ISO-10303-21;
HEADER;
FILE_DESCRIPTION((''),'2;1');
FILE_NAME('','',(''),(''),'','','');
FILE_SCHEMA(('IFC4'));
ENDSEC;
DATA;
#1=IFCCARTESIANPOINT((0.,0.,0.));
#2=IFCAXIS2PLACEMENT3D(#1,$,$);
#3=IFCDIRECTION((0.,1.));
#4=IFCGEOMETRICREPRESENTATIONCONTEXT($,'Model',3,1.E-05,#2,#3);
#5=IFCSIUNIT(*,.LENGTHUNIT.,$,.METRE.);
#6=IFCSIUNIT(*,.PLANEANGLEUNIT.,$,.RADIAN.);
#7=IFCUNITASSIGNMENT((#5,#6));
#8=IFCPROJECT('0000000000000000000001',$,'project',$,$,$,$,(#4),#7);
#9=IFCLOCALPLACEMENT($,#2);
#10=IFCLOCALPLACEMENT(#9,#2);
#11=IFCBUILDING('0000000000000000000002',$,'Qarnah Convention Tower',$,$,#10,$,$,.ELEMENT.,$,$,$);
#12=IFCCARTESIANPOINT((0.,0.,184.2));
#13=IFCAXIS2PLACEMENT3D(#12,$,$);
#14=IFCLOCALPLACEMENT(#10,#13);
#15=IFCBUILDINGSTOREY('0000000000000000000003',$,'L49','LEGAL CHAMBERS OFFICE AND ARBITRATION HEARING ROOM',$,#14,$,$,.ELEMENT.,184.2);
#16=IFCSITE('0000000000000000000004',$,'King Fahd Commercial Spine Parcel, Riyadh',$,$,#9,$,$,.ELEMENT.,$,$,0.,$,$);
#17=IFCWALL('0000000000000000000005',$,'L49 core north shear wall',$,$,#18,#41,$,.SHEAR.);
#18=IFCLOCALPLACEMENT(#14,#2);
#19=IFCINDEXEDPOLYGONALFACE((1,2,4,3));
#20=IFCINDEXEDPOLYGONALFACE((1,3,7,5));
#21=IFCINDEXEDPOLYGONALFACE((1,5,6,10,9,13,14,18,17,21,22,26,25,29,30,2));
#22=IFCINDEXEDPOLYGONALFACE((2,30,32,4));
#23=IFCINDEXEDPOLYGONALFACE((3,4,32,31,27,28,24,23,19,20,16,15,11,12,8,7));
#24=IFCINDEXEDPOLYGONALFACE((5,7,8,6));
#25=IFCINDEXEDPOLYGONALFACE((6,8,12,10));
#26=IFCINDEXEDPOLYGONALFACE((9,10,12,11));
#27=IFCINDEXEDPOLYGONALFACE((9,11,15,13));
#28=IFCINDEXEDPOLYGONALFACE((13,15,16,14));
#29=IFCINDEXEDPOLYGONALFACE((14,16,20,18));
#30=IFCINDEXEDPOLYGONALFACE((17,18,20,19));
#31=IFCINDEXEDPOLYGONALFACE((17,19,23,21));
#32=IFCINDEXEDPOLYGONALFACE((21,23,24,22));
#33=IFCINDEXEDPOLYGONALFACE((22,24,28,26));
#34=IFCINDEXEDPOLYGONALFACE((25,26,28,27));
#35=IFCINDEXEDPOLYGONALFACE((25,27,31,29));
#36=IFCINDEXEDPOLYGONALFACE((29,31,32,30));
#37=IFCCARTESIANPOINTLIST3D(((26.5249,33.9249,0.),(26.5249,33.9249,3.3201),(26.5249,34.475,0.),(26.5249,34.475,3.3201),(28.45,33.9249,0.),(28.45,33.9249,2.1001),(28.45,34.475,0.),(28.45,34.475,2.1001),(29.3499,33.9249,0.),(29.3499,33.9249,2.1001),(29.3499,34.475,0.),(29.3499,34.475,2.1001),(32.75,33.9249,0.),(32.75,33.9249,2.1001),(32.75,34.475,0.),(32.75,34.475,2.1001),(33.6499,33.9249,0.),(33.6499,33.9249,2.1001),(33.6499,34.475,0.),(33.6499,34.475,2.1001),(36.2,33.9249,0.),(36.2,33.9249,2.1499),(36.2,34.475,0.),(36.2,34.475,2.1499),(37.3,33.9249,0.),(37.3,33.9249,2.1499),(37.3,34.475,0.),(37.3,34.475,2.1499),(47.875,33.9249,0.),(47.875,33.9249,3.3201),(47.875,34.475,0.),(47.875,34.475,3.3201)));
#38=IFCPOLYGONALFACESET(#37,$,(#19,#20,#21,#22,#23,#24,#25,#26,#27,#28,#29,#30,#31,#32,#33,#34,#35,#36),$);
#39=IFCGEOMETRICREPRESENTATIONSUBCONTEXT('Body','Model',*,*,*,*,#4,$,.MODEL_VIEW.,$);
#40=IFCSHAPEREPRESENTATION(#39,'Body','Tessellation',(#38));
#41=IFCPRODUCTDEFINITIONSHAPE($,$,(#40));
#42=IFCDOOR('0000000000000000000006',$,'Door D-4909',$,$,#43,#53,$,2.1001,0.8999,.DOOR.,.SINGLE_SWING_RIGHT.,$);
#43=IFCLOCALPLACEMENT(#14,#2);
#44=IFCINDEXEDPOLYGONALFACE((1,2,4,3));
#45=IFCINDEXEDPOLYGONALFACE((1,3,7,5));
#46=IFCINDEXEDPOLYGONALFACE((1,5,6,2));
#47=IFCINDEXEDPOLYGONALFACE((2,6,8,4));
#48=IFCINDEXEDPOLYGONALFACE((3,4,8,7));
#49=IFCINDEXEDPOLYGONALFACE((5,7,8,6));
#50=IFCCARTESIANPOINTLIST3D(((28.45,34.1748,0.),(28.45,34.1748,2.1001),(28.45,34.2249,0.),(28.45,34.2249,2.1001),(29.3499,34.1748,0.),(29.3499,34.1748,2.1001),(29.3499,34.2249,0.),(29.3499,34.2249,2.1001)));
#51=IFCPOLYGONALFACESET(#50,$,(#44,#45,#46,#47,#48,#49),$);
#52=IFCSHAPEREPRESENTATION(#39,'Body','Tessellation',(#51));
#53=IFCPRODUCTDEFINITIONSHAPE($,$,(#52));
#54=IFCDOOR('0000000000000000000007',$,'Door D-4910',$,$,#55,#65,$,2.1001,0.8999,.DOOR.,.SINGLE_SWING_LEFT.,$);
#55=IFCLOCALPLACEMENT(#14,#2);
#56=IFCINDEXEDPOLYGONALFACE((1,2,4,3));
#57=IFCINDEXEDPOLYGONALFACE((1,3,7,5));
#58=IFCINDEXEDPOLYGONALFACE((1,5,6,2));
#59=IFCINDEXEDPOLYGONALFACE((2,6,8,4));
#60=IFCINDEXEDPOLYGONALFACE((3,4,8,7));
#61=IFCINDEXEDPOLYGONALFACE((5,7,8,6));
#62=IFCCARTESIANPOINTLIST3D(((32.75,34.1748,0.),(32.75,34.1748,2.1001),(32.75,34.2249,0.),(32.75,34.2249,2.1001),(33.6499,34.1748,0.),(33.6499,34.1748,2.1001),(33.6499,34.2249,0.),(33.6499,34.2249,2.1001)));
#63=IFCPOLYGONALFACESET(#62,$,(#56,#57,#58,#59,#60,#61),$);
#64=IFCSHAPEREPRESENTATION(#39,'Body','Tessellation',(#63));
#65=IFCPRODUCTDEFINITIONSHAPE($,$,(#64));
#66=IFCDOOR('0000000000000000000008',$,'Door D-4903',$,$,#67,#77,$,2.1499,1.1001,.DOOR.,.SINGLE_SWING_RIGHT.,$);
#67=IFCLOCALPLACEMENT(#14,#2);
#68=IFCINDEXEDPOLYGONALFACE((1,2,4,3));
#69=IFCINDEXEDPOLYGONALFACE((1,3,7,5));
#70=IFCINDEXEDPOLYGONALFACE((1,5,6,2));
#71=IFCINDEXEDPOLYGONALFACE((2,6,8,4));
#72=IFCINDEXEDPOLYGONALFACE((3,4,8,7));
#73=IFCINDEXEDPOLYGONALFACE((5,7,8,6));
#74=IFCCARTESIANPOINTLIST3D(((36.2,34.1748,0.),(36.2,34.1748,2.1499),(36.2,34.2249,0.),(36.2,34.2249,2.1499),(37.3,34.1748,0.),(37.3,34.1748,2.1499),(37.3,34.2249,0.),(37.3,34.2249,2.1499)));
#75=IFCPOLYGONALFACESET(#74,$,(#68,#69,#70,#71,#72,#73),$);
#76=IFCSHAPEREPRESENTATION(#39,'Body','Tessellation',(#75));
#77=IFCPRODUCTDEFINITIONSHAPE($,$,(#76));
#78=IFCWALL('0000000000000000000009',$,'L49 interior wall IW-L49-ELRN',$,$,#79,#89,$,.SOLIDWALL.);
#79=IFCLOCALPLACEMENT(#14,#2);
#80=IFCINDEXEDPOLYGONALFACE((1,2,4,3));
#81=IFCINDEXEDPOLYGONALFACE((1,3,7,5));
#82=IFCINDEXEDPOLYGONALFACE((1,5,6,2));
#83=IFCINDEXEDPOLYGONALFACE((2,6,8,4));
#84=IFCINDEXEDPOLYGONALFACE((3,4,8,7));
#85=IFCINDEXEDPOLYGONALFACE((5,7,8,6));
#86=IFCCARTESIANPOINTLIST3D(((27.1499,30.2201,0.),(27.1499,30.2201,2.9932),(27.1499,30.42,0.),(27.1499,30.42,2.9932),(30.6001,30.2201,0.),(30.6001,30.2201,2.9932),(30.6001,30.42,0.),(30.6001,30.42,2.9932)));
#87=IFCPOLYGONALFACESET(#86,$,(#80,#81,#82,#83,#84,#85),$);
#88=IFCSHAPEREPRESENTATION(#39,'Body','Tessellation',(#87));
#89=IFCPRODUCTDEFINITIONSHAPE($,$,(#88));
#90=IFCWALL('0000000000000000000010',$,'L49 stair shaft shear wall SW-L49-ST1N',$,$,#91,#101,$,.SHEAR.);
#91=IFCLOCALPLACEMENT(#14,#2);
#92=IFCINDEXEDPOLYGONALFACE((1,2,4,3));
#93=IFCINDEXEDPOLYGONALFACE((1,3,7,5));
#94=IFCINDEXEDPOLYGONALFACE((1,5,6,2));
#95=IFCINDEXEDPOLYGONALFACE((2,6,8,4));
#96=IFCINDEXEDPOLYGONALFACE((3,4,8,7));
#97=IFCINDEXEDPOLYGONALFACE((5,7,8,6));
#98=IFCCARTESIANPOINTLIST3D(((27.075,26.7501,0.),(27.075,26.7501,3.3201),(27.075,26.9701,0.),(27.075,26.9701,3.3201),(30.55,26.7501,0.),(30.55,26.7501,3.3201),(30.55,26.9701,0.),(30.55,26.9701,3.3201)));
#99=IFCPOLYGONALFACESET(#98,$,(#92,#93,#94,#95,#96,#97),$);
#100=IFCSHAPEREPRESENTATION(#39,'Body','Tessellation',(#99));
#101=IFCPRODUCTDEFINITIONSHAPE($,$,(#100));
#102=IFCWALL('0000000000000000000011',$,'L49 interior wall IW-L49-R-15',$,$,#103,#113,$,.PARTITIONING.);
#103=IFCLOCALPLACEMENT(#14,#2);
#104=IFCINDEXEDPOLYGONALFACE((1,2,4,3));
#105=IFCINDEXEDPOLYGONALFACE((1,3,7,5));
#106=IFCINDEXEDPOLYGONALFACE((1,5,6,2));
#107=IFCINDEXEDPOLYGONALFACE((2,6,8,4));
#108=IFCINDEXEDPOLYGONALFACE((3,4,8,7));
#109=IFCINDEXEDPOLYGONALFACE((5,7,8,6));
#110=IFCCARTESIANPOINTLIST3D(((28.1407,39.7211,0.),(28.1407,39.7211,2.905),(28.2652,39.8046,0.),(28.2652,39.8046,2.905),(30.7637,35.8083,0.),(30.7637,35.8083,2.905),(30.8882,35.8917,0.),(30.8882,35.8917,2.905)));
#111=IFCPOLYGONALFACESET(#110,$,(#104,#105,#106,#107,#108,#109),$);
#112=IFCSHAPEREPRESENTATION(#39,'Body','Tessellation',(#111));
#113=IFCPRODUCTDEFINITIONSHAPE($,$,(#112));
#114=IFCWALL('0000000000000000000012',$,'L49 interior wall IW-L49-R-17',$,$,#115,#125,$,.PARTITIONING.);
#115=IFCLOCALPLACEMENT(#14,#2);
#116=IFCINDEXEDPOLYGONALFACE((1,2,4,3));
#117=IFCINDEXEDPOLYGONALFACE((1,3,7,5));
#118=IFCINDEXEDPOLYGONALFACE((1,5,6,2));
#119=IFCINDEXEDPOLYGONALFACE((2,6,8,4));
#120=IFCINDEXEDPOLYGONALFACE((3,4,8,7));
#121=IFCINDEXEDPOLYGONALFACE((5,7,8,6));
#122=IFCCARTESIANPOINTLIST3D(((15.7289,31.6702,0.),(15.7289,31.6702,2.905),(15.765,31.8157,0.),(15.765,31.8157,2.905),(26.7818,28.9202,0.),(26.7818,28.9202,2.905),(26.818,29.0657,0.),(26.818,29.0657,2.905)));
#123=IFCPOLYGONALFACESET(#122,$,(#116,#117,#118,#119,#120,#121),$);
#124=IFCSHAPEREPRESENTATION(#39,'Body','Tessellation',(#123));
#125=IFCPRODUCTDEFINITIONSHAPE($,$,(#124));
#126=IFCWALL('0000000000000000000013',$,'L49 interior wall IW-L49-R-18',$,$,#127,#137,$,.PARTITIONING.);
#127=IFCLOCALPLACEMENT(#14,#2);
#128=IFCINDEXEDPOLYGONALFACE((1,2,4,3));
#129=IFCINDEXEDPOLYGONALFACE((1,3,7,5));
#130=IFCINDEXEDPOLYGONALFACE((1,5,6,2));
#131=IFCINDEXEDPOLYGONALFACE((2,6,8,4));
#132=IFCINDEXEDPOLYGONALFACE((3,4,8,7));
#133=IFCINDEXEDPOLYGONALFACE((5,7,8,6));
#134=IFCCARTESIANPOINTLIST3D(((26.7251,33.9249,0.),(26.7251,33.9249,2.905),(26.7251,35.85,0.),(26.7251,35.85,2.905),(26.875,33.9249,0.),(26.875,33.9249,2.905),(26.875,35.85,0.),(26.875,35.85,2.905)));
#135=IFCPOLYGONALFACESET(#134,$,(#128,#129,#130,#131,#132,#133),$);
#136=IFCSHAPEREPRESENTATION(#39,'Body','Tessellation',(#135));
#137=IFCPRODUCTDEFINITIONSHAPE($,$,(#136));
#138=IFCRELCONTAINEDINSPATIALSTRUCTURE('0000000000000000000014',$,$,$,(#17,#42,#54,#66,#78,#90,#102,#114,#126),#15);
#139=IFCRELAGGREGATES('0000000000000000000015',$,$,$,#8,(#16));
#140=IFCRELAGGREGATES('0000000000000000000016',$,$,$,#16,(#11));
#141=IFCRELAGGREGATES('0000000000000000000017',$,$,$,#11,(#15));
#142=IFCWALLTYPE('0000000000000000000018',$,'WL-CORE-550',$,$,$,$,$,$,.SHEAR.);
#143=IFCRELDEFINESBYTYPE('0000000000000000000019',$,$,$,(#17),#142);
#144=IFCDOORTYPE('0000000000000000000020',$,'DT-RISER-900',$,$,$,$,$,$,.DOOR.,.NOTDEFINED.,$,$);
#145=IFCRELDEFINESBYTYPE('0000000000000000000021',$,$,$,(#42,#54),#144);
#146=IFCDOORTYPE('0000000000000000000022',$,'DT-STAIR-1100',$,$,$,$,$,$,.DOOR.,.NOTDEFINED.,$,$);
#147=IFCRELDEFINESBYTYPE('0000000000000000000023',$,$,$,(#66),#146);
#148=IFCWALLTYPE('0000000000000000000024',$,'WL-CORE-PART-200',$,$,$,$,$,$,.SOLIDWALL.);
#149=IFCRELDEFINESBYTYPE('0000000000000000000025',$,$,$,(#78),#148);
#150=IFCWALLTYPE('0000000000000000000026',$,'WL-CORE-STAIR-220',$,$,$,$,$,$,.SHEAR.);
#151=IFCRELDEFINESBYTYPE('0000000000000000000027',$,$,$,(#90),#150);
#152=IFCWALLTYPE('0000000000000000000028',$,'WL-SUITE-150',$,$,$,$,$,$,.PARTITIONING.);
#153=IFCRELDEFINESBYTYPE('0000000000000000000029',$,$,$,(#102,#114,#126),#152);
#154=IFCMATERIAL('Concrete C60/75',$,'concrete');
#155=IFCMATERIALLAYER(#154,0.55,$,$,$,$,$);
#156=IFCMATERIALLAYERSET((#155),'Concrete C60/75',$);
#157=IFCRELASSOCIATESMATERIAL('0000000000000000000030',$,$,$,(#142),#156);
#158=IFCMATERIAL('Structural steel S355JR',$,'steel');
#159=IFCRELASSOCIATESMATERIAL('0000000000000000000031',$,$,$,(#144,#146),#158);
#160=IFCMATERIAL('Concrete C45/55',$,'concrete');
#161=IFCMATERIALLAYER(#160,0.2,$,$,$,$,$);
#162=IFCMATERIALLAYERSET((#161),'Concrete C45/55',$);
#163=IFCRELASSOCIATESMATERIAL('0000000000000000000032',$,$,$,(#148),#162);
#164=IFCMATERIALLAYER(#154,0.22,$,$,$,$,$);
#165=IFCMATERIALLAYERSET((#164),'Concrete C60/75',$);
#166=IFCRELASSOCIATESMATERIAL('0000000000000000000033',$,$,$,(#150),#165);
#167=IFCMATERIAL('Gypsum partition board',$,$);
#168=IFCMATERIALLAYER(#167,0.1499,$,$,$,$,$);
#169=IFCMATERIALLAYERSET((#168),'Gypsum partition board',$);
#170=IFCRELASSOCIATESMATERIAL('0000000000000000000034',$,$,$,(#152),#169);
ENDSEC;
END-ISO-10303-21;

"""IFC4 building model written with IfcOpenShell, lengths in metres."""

from ifc_helpers import new_model, si_unit, direction, frame, frame_2d, origin, place, context, subcontext, project, spatial, rectangle, extrude, material, layer, layer_set, type_object, element, fill, save


model = new_model("IFC4")

# Units and contexts
model_context = context("Model", 3, precision=1e-05, world=origin(), true_north=direction((0.0, 1.0)))
body_context = subcontext(model_context, "Body", "Model", "MODEL_VIEW")
ifc_project = project(units=[si_unit("LENGTHUNIT", "METRE"), si_unit("PLANEANGLEUNIT", "RADIAN")], contexts=[model_context])

# Site, building, storey
site_placement = place(None, origin())
site = spatial("IfcSite", under=ifc_project, at=site_placement, Name="King Fahd Commercial Spine Parcel, Riyadh", CompositionType="ELEMENT", RefElevation=0.0)
building_placement = place(site_placement, origin())
building = spatial("IfcBuilding", under=site, at=building_placement, Name="Qarnah Convention Tower", CompositionType="ELEMENT")
storey_placement = place(building_placement, frame((0.0, 0.0, 184.2)))
storey = spatial("IfcBuildingStorey", under=building, at=storey_placement, Name="L49", Description="LEGAL CHAMBERS OFFICE AND ARBITRATION HEARING ROOM", CompositionType="ELEMENT", Elevation=184.2)

# Shared definitions
ifc_material_1 = material(Name="Structural steel S355JR", Category="steel")

# Wall, openings, doors
ifc_material_2 = material(Name="Concrete C60/75", Category="concrete")
ifc_layer_1 = layer(ifc_material_2, 0.55)
ifc_layer_set_1 = layer_set([ifc_layer_1], Name="Concrete C60/75")
wall_type_1 = type_object("IfcWallType", Name="WL-CORE-550", PredefinedType="SHEAR", material=ifc_layer_set_1)
wall_1_placement = place(storey_placement, frame((26.5249, 34.2, 0.0), z_axis=(0.0, 0.0, 1.0), x_axis=(1.0, 0.0, 0.0)))
wall_1 = element("IfcWall", 1, at=wall_1_placement, inside=storey, type_object=wall_type_1, Name="L49 core north shear wall", PredefinedType="SHEAR", context=body_context, shape_type="SweptSolid", body=[
    extrude(rectangle(XDim=21.3501, YDim=0.55, at=frame_2d((10.675, 0.0))), origin(), (0.0, 0.0, 1.0), 3.3201),
])
opening_1_placement = place(wall_1_placement, frame((9.675, 0.0, 0.0)))
opening_1 = element("IfcOpeningElement", 2, at=opening_1_placement, cuts=wall_1, PredefinedType="OPENING", context=body_context, shape_type="SweptSolid", body=[
    extrude(rectangle(XDim=1.1001, YDim=2.1499, at=frame_2d((0.55, 1.075))), frame((0.0, 0.2849, 0.0), z_axis=(0.0, -1.0, 0.0), x_axis=(1.0, 0.0, 0.0)), (0.0, 0.0, 1.0), 0.5701),
])
opening_2_placement = place(wall_1_placement, frame((1.925, 0.0, 0.0)))
opening_2 = element("IfcOpeningElement", 3, at=opening_2_placement, cuts=wall_1, PredefinedType="OPENING", context=body_context, shape_type="SweptSolid", body=[
    extrude(rectangle(XDim=0.8999, YDim=2.1001, at=frame_2d((0.45, 1.05))), frame((0.0, 0.2849, 0.0), z_axis=(0.0, -1.0, 0.0), x_axis=(1.0, 0.0, 0.0)), (0.0, 0.0, 1.0), 0.5701),
])
opening_3_placement = place(wall_1_placement, frame((6.2251, 0.0, 0.0)))
opening_3 = element("IfcOpeningElement", 4, at=opening_3_placement, cuts=wall_1, PredefinedType="OPENING", context=body_context, shape_type="SweptSolid", body=[
    extrude(rectangle(XDim=0.8999, YDim=2.1001, at=frame_2d((0.45, 1.05))), frame((0.0, 0.2849, 0.0), z_axis=(0.0, -1.0, 0.0), x_axis=(1.0, 0.0, 0.0)), (0.0, 0.0, 1.0), 0.5701),
])
door_type_1 = type_object("IfcDoorType", Name="DT-RISER-900", OperationType="NOTDEFINED", PredefinedType="DOOR", material=ifc_material_1)
door_1_placement = place(opening_2_placement, origin())
door_1 = element("IfcDoor", 5, at=door_1_placement, inside=storey, type_object=door_type_1, Name="Door D-4909", OperationType="SINGLE_SWING_RIGHT", OverallHeight=2.1001, OverallWidth=0.8999, PredefinedType="DOOR", context=body_context, shape_type="SweptSolid", body=[
    extrude(rectangle(XDim=0.8999, YDim=2.1001, at=frame_2d((0.45, 1.05))), frame((0.0, 0.0249, 0.0), z_axis=(0.0, -1.0, 0.0), x_axis=(1.0, 0.0, 0.0)), (0.0, 0.0, 1.0), 0.05),
])
fill(opening_2, door_1)
door_2_placement = place(opening_3_placement, origin())
door_2 = element("IfcDoor", 6, at=door_2_placement, inside=storey, type_object=door_type_1, Name="Door D-4910", OperationType="SINGLE_SWING_LEFT", OverallHeight=2.1001, OverallWidth=0.8999, PredefinedType="DOOR", context=body_context, shape_type="SweptSolid", body=[
    extrude(rectangle(XDim=0.8999, YDim=2.1001, at=frame_2d((0.45, 1.05))), frame((0.0, 0.0249, 0.0), z_axis=(0.0, -1.0, 0.0), x_axis=(1.0, 0.0, 0.0)), (0.0, 0.0, 1.0), 0.05),
])
fill(opening_3, door_2)
door_type_2 = type_object("IfcDoorType", Name="DT-STAIR-1100", OperationType="NOTDEFINED", PredefinedType="DOOR", material=ifc_material_1)
door_3_placement = place(opening_1_placement, origin())
door_3 = element("IfcDoor", 7, at=door_3_placement, inside=storey, type_object=door_type_2, Name="Door D-4903", OperationType="SINGLE_SWING_RIGHT", OverallHeight=2.1499, OverallWidth=1.1001, PredefinedType="DOOR", context=body_context, shape_type="SweptSolid", body=[
    extrude(rectangle(XDim=1.1001, YDim=2.1499, at=frame_2d((0.55, 1.075))), frame((0.0, 0.0249, 0.0), z_axis=(0.0, -1.0, 0.0), x_axis=(1.0, 0.0, 0.0)), (0.0, 0.0, 1.0), 0.05),
])
fill(opening_1, door_3)

# Walls
ifc_material_3 = material(Name="Concrete C45/55", Category="concrete")
ifc_layer_2 = layer(ifc_material_3, 0.2)
ifc_layer_set_2 = layer_set([ifc_layer_2], Name="Concrete C45/55")
wall_type_2 = type_object("IfcWallType", Name="WL-CORE-PART-200", PredefinedType="SOLIDWALL", material=ifc_layer_set_2)
wall_2_placement = place(storey_placement, frame((27.1499, 30.3201, 0.0), z_axis=(0.0, 0.0, 1.0), x_axis=(1.0, 0.0, 0.0)))
element("IfcWall", 8, at=wall_2_placement, inside=storey, type_object=wall_type_2, Name="L49 interior wall IW-L49-ELRN", PredefinedType="SOLIDWALL", context=body_context, shape_type="SweptSolid", body=[
    extrude(rectangle(XDim=3.4502, YDim=0.2, at=frame_2d((1.7251, 0.0))), origin(), (0.0, 0.0, 1.0), 2.9932),
])
ifc_layer_3 = layer(ifc_material_2, 0.22)
ifc_layer_set_3 = layer_set([ifc_layer_3], Name="Concrete C60/75")
wall_type_3 = type_object("IfcWallType", Name="WL-CORE-STAIR-220", PredefinedType="SHEAR", material=ifc_layer_set_3)
wall_3_placement = place(storey_placement, frame((27.075, 26.8601, 0.0), z_axis=(0.0, 0.0, 1.0), x_axis=(1.0, 0.0, 0.0)))
element("IfcWall", 9, at=wall_3_placement, inside=storey, type_object=wall_type_3, Name="L49 stair shaft shear wall SW-L49-ST1N", PredefinedType="SHEAR", context=body_context, shape_type="SweptSolid", body=[
    extrude(rectangle(XDim=3.4751, YDim=0.22, at=frame_2d((1.7375, 0.0))), origin(), (0.0, 0.0, 1.0), 3.3201),
])
ifc_material_4 = material(Name="Gypsum partition board")
ifc_layer_4 = layer(ifc_material_4, 0.1499)
ifc_layer_set_4 = layer_set([ifc_layer_4], Name="Gypsum partition board")
wall_type_4 = type_object("IfcWallType", Name="WL-SUITE-150", PredefinedType="PARTITIONING", material=ifc_layer_set_4)
wall_4_placement = place(storey_placement, frame((28.2029, 39.7629, 0.0), z_axis=(0.0, 0.0, 1.0), x_axis=(0.556827, -0.830628, 0.0)))
element("IfcWall", 10, at=wall_4_placement, inside=storey, type_object=wall_type_4, Name="L49 interior wall IW-L49-R-15", PredefinedType="PARTITIONING", context=body_context, shape_type="SweptSolid", body=[
    extrude(rectangle(XDim=4.7107, YDim=0.1499, at=frame_2d((2.3555, 0.0))), origin(), (0.0, 0.0, 1.0), 2.905),
])
wall_5_placement = place(storey_placement, frame((15.7471, 31.7429, 0.0), z_axis=(0.0, 0.0, 1.0), x_axis=(0.970415, -0.241441, 0.0)))
element("IfcWall", 11, at=wall_5_placement, inside=storey, type_object=wall_type_4, Name="L49 interior wall IW-L49-R-17", PredefinedType="PARTITIONING", context=body_context, shape_type="SweptSolid", body=[
    extrude(rectangle(XDim=11.3899, YDim=0.1499, at=frame_2d((5.6948, 0.0))), origin(), (0.0, 0.0, 1.0), 2.905),
])
wall_6_placement = place(storey_placement, frame((26.8, 33.925, 0.0), z_axis=(0.0, 0.0, 1.0), x_axis=(0.0, 1.0, 0.0)))
element("IfcWall", 12, at=wall_6_placement, inside=storey, type_object=wall_type_4, Name="L49 interior wall IW-L49-R-18", PredefinedType="PARTITIONING", context=body_context, shape_type="SweptSolid", body=[
    extrude(rectangle(XDim=1.925, YDim=0.1499, at=frame_2d((0.9624, 0.0))), origin(), (0.0, 0.0, 1.0), 2.905),
])

save(model, "model.ifc")
